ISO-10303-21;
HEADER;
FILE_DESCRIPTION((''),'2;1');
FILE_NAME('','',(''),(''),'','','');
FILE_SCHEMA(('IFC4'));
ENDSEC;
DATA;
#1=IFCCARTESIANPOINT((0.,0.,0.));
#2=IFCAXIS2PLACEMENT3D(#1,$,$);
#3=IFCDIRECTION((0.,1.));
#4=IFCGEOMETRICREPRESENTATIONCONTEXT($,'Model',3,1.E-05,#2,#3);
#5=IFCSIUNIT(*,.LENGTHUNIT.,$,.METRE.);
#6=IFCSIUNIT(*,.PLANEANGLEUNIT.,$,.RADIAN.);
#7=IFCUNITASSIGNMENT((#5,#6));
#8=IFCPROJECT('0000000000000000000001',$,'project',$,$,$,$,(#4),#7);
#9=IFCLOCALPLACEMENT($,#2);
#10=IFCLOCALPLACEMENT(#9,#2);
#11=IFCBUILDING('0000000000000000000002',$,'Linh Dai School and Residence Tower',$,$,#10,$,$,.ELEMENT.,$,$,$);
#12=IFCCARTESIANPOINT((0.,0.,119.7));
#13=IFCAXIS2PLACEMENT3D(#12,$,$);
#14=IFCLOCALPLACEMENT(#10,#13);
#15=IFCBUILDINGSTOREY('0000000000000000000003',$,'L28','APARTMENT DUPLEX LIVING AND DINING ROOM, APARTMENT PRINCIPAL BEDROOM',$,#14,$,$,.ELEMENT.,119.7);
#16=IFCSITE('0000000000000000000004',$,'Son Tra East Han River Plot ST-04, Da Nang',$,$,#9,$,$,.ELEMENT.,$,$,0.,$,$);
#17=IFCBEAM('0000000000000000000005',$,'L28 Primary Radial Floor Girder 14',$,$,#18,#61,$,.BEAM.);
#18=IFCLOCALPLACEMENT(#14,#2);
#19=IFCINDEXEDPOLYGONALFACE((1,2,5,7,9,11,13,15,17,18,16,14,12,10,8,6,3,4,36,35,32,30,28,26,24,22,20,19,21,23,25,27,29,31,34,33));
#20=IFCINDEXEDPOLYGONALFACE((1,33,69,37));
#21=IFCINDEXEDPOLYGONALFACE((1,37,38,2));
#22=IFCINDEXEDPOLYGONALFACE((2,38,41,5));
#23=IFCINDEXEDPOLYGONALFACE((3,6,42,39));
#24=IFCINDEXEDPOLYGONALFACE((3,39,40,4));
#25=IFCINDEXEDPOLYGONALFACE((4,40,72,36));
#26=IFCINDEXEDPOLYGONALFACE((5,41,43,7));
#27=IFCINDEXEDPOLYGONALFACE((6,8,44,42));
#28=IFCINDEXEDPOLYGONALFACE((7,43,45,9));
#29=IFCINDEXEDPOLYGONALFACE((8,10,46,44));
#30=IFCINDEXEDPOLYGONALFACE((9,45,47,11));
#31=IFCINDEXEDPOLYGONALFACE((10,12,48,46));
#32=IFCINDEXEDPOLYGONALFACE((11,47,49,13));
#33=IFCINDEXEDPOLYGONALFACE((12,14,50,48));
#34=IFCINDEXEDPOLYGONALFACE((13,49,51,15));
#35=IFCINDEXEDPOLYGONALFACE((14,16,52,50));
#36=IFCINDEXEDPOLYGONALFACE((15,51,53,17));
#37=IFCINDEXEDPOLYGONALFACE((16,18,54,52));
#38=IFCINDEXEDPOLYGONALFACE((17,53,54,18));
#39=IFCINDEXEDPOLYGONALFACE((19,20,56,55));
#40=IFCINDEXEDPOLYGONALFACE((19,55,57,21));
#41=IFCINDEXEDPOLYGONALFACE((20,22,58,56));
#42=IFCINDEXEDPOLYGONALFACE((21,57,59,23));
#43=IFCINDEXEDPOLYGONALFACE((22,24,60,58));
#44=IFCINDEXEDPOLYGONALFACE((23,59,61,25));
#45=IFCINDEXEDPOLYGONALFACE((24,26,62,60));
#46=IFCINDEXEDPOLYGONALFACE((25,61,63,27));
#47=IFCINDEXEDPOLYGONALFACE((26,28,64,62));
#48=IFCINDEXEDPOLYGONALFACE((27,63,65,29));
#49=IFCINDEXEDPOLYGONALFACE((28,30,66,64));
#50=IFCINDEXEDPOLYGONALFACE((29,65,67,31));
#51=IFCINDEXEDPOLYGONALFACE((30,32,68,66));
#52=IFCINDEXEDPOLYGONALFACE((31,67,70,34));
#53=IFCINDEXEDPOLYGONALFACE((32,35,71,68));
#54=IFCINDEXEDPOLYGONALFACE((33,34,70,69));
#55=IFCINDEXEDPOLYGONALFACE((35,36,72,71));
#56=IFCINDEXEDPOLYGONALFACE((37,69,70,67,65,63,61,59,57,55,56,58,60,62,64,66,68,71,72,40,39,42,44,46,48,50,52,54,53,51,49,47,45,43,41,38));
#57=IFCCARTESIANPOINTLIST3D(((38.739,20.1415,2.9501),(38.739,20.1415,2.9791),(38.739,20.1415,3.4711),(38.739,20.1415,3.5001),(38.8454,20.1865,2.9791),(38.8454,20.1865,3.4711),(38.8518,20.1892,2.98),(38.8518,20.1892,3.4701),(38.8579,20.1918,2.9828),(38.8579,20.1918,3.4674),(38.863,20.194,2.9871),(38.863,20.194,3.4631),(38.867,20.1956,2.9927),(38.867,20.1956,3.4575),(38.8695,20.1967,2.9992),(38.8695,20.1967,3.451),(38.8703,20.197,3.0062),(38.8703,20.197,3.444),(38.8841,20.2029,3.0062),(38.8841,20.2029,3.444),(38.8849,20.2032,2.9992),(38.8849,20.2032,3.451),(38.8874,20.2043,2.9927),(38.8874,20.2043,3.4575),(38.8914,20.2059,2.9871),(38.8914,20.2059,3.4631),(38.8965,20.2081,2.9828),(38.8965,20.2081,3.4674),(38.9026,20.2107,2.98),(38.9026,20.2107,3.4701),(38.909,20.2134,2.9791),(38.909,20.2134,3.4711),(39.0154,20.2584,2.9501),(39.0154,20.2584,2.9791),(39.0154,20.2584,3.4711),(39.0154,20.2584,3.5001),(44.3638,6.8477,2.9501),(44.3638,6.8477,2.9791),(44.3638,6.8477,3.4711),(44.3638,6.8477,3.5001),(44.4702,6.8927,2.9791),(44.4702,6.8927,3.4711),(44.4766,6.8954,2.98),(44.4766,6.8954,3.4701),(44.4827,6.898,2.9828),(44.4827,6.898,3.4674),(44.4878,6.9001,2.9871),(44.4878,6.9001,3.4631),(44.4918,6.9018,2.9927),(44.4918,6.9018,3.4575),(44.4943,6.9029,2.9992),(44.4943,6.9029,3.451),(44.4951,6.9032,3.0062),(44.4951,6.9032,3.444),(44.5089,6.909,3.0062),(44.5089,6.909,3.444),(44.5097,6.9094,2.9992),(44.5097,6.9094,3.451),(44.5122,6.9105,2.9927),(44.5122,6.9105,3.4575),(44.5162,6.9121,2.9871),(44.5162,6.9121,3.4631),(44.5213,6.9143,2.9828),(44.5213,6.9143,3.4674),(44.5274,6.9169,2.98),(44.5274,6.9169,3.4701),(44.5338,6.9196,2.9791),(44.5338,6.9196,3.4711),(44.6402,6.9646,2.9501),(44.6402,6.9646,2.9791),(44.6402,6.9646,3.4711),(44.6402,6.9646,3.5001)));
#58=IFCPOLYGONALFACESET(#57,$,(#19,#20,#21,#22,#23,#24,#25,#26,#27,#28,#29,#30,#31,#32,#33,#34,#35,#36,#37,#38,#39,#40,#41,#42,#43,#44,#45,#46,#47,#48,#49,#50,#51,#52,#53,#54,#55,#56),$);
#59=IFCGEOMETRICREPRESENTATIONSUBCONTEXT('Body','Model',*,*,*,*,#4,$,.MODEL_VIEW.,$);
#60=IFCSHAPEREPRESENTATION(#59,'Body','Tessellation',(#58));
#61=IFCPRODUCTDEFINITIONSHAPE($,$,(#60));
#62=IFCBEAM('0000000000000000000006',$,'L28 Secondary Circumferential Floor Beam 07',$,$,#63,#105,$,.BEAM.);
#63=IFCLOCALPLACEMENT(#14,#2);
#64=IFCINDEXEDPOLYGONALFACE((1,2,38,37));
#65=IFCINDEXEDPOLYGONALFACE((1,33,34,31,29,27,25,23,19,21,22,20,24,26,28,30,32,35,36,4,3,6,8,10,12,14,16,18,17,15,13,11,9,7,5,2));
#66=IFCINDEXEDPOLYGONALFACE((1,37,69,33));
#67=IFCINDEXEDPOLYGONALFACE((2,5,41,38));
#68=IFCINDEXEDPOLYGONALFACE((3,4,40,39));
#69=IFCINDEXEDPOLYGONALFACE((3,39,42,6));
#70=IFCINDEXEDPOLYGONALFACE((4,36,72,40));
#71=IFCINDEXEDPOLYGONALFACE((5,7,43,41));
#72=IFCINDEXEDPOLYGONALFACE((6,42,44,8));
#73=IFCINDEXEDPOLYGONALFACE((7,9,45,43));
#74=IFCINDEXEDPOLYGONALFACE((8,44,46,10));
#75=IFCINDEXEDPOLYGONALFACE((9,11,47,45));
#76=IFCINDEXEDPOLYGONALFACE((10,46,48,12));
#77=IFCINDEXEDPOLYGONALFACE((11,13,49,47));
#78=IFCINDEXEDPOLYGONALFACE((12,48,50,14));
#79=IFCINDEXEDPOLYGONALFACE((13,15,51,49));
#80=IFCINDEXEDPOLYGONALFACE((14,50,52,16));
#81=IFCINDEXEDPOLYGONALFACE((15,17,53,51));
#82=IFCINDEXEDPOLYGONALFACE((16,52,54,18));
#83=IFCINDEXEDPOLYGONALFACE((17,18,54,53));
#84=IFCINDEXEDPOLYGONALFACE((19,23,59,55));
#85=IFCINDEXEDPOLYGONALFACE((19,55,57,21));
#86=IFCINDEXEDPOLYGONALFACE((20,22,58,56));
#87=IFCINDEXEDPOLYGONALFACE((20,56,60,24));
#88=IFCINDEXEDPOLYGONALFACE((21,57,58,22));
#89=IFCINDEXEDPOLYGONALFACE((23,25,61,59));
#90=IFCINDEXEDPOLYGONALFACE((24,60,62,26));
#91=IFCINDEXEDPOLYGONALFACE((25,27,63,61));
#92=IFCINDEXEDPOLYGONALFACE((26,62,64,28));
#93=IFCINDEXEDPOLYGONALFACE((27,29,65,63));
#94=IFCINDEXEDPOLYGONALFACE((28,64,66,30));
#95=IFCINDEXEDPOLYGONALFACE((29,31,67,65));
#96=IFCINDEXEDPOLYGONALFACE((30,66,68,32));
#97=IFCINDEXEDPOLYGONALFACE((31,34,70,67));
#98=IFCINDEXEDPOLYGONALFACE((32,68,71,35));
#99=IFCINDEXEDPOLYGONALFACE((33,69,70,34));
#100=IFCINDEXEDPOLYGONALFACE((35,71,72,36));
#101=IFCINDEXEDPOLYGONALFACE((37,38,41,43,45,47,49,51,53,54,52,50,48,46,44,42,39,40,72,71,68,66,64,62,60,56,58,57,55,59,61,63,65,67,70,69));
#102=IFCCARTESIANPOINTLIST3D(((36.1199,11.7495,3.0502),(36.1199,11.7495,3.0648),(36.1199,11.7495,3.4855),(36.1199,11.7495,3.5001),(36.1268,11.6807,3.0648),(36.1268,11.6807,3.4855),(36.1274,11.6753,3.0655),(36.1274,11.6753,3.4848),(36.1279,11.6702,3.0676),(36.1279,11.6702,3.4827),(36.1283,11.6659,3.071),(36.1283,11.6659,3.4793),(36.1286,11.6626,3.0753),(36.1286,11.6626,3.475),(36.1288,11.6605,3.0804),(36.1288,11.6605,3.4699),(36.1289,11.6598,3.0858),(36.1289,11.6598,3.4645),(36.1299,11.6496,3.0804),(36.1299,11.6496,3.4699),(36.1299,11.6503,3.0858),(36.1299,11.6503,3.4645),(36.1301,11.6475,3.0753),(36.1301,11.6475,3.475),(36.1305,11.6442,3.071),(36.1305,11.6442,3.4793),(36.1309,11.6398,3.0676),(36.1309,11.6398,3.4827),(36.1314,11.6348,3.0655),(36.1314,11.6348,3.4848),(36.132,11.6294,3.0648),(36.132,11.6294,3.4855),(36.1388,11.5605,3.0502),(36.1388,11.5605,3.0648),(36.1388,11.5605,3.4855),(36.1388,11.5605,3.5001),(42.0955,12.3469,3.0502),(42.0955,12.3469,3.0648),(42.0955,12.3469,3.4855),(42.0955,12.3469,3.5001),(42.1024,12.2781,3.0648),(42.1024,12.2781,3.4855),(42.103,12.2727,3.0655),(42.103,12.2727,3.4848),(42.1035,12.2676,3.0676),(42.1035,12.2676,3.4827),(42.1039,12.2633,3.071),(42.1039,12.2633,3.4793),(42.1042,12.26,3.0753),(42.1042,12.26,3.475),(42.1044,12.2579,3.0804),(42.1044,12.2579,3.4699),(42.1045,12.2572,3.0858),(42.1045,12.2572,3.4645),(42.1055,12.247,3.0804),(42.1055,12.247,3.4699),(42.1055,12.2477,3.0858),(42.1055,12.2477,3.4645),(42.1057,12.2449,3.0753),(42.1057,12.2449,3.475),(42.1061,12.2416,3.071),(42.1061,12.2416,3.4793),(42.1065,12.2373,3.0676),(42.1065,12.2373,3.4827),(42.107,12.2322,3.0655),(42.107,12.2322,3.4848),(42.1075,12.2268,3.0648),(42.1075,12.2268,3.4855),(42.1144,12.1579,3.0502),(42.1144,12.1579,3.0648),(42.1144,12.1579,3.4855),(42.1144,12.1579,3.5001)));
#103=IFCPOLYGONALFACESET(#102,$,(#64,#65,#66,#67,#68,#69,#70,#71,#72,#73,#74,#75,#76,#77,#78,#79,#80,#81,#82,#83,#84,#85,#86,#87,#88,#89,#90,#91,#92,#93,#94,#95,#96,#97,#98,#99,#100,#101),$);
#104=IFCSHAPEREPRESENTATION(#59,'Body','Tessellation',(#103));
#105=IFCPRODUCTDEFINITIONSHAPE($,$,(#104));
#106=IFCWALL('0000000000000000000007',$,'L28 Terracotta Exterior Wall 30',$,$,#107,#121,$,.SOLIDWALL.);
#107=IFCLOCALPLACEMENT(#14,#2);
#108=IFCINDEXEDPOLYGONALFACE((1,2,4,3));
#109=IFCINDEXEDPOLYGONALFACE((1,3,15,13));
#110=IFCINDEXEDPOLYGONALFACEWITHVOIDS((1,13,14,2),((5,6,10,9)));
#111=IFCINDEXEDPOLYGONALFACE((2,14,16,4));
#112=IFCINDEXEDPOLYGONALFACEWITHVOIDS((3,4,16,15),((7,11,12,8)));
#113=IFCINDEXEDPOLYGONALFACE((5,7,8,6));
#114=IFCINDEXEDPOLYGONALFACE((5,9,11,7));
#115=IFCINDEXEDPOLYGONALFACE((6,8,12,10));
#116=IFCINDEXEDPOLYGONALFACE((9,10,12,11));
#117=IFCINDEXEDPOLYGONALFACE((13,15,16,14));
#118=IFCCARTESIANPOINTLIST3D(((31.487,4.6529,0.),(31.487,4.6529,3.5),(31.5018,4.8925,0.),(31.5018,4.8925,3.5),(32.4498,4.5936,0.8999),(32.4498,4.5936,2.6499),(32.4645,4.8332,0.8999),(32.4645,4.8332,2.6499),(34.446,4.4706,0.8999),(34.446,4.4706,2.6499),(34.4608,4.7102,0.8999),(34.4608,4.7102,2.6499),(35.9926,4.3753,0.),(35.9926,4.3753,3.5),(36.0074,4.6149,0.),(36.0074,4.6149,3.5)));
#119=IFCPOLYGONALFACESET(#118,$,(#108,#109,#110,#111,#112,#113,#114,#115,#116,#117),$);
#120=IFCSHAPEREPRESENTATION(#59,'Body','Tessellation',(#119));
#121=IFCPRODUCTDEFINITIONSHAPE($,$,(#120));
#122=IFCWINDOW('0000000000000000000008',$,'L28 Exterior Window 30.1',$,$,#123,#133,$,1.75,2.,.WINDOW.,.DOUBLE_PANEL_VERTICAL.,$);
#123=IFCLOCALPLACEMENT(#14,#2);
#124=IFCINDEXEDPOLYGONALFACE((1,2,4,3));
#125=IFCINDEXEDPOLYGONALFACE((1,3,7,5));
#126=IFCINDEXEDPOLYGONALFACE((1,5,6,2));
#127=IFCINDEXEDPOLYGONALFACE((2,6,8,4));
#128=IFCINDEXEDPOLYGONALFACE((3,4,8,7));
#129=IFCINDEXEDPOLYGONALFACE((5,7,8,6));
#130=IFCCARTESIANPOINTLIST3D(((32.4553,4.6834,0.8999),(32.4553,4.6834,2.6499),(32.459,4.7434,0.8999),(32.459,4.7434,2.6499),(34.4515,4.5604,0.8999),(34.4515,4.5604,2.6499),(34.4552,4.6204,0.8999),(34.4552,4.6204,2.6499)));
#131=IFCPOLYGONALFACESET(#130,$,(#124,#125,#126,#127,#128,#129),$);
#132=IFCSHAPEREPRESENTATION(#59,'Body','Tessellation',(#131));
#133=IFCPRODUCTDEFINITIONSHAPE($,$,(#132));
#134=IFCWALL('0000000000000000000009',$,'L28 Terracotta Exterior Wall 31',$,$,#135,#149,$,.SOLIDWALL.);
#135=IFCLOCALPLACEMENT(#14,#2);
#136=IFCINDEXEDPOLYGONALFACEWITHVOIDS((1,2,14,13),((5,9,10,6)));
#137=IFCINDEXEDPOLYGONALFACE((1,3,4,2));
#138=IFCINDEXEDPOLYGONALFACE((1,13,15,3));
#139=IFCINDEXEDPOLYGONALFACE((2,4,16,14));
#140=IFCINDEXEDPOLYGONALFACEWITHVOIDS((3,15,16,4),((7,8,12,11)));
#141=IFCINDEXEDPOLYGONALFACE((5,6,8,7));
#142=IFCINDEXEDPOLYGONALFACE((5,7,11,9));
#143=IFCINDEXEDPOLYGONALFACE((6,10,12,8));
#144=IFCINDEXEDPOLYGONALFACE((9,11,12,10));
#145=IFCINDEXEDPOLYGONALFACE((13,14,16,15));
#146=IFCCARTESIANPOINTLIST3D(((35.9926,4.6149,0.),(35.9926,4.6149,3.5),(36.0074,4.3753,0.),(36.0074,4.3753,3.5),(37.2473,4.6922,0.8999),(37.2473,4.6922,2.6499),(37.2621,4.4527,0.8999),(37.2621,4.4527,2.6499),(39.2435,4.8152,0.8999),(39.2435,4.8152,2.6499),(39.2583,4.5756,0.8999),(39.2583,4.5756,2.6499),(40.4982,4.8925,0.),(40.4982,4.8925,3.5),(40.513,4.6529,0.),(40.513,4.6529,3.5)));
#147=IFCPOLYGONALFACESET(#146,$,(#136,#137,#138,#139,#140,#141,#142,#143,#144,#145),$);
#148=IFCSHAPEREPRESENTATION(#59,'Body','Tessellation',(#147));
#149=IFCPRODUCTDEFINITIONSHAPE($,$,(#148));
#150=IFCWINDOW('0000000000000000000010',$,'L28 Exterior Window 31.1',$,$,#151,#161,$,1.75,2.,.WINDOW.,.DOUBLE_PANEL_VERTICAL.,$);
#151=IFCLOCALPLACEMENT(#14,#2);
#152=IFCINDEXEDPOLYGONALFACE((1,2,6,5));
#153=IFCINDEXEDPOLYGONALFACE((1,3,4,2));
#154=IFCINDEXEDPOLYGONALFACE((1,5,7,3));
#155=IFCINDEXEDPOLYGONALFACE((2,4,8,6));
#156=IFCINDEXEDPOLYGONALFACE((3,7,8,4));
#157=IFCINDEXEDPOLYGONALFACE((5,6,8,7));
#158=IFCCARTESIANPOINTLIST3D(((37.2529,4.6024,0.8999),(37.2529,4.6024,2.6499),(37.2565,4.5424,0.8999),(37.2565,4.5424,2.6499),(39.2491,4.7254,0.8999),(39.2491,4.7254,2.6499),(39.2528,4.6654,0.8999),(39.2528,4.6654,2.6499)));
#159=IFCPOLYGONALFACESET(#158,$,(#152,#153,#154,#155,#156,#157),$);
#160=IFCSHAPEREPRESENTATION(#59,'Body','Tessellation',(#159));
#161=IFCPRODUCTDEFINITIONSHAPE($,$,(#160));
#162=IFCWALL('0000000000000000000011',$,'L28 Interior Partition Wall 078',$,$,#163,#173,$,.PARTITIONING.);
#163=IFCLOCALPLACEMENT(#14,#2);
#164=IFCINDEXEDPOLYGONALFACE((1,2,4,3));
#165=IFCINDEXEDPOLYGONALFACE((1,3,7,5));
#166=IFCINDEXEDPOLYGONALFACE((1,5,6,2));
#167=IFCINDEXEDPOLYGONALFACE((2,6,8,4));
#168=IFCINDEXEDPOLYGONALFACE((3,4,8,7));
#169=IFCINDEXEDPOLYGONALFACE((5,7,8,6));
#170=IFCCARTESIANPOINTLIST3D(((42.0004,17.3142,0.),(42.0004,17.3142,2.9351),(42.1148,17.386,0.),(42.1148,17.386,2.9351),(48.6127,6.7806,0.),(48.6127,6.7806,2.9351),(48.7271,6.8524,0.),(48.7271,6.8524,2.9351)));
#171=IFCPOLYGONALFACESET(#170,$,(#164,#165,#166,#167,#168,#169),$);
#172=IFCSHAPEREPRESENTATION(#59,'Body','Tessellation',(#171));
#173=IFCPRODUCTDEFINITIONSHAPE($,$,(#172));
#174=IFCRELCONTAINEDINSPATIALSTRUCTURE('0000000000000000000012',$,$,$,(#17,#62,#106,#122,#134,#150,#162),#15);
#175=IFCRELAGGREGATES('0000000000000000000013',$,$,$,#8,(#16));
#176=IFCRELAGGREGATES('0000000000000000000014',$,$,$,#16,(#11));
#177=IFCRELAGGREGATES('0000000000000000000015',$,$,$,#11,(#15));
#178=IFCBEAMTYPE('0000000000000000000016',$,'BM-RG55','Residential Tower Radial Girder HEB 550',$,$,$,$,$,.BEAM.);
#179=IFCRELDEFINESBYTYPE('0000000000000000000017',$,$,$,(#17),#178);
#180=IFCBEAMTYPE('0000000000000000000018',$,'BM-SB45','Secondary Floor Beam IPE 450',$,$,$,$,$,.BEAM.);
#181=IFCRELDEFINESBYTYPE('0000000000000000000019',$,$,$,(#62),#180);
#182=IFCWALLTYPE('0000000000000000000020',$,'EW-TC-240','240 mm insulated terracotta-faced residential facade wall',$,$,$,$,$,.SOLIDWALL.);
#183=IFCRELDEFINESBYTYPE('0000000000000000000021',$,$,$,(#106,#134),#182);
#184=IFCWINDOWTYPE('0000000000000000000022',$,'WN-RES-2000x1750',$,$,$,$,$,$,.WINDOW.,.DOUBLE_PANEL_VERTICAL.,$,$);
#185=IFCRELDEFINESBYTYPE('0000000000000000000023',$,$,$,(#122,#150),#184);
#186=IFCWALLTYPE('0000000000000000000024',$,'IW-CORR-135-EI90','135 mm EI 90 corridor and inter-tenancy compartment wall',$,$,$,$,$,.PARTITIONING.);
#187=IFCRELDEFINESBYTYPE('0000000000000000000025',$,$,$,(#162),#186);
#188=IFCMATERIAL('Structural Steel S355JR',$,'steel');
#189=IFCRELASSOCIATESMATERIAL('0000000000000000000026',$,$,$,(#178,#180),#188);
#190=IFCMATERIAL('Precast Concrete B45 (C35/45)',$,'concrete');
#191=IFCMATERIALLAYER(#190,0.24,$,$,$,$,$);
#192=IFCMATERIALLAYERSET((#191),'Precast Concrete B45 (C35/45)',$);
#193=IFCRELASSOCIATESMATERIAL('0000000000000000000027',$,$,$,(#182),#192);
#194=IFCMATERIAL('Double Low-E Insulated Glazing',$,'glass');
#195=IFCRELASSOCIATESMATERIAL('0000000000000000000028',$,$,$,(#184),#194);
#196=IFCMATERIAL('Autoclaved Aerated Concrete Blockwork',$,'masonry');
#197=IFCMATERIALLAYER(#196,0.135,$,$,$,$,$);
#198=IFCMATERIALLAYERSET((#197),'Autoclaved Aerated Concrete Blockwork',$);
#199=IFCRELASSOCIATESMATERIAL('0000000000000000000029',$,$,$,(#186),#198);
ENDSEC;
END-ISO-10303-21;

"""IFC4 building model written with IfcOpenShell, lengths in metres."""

from ifc_helpers import new_model, si_unit, direction, frame, frame_2d, origin, origin_2d, place, context, subcontext, project, spatial, rectangle, i_section, extrude, source, transform, mapped, material, layer, layer_set, material_profile, profile_set, type_object, element, fill, save


model = new_model("IFC4")

# Units and contexts
model_context = context("Model", 3, precision=1e-05, world=origin(), true_north=direction((0.0, 1.0)))
body_context = subcontext(model_context, "Body", "Model", "MODEL_VIEW")
ifc_project = project(units=[si_unit("LENGTHUNIT", "METRE"), si_unit("PLANEANGLEUNIT", "RADIAN")], contexts=[model_context])

# Site, building, storey
site_placement = place(None, origin())
site = spatial("IfcSite", under=ifc_project, at=site_placement, Name="Son Tra East Han River Plot ST-04, Da Nang", CompositionType="ELEMENT", RefElevation=0.0)
building_placement = place(site_placement, origin())
building = spatial("IfcBuilding", under=site, at=building_placement, Name="Linh Dai School and Residence Tower", CompositionType="ELEMENT")
storey_placement = place(building_placement, frame((0.0, 0.0, 119.7)))
storey = spatial("IfcBuildingStorey", under=building, at=storey_placement, Name="L28", Description="APARTMENT DUPLEX LIVING AND DINING ROOM, APARTMENT PRINCIPAL BEDROOM", CompositionType="ELEMENT", Elevation=119.7)

# Shared definitions
ifc_material_1 = material(Name="Structural Steel S355JR", Category="steel")

# Beams
ifc_material_profile_1 = material_profile(ifc_material_1, i_section(OverallWidth=0.3, OverallDepth=0.55, WebThickness=0.0149, FlangeThickness=0.0291, FilletRadius=0.0271, at=origin_2d()), Name="HEB 550")
ifc_profile_set_1 = profile_set([ifc_material_profile_1], Name="Structural Steel S355JR")
beam_type_1 = type_object("IfcBeamType", Name="BM-RG55", Description="Residential Tower Radial Girder HEB 550", PredefinedType="BEAM", material=ifc_profile_set_1)
beam_1_placement = place(storey_placement, frame((38.8772, 20.2, 3.2251), z_axis=(0.389669, -0.920955, 0.0), x_axis=(0.920955, 0.389669, 0.0)))
element("IfcBeam", 1, at=beam_1_placement, inside=storey, type_object=beam_type_1, Name="L28 Primary Radial Floor Girder 14", PredefinedType="BEAM", context=body_context, shape_type="SweptSolid", body=[
    extrude(i_section(OverallWidth=0.3, OverallDepth=0.55, WebThickness=0.0149, FlangeThickness=0.0291, FilletRadius=0.0271, at=origin_2d()), origin(), (0.0, 0.0, 1.0), 14.4348),
])
ifc_material_profile_2 = material_profile(ifc_material_1, i_section(OverallWidth=0.1899, OverallDepth=0.45, WebThickness=0.0095, FlangeThickness=0.0146, FilletRadius=0.021, at=origin_2d()), Name="IPE 450")
ifc_profile_set_2 = profile_set([ifc_material_profile_2], Name="Structural Steel S355JR")
beam_type_2 = type_object("IfcBeamType", Name="BM-SB45", Description="Secondary Floor Beam IPE 450", PredefinedType="BEAM", material=ifc_profile_set_2)
beam_2_placement = place(storey_placement, frame((36.1294, 11.655, 3.2751), z_axis=(0.99504, 0.09948, 0.0), x_axis=(-0.09948, 0.99504, 0.0)))
element("IfcBeam", 2, at=beam_2_placement, inside=storey, type_object=beam_type_2, Name="L28 Secondary Circumferential Floor Beam 07", PredefinedType="BEAM", context=body_context, shape_type="SweptSolid", body=[
    extrude(i_section(OverallWidth=0.1899, OverallDepth=0.45, WebThickness=0.0095, FlangeThickness=0.0146, FilletRadius=0.021, at=origin_2d()), origin(), (0.0, 0.0, 1.0), 6.0054),
])

# Walls, openings, windows
ifc_material_2 = material(Name="Precast Concrete B45 (C35/45)", Category="concrete")
ifc_layer_1 = layer(ifc_material_2, 0.24)
ifc_layer_set_1 = layer_set([ifc_layer_1], Name="Precast Concrete B45 (C35/45)")
wall_type_1 = type_object("IfcWallType", Name="EW-TC-240", Description="240 mm insulated terracotta-faced residential facade wall", PredefinedType="SOLIDWALL", material=ifc_layer_set_1)
wall_1_placement = place(storey_placement, frame((36.0, 4.4951, 0.0), z_axis=(0.0, 0.0, 1.0), x_axis=(-0.998108, 0.061493, 0.0)))
wall_1 = element("IfcWall", 3, at=wall_1_placement, inside=storey, type_object=wall_type_1, Name="L28 Terracotta Exterior Wall 30", PredefinedType="SOLIDWALL", context=body_context, shape_type="SweptSolid", body=[
    extrude(rectangle(XDim=4.5142, YDim=0.24, at=frame_2d((2.2571, 0.0))), origin(), (0.0, 0.0, 1.0), 3.5),
])
opening_1_placement = place(wall_1_placement, frame((1.5496, 0.0, 0.8999)))
opening_1 = element("IfcOpeningElement", 4, at=opening_1_placement, cuts=wall_1, PredefinedType="OPENING", context=body_context, shape_type="SweptSolid", body=[
    extrude(rectangle(XDim=2.0, YDim=1.75, at=origin_2d()), frame((1.0, 0.1299, 0.875), z_axis=(0.0, -1.0, 0.0), x_axis=(1.0, 0.0, 0.0)), (0.0, 0.0, 1.0), 0.26),
])
ifc_material_3 = material(Name="Double Low-E Insulated Glazing", Category="glass")
window_type = type_object("IfcWindowType", Name="WN-RES-2000x1750", PartitioningType="DOUBLE_PANEL_VERTICAL", PredefinedType="WINDOW", material=ifc_material_3)
shared_shape_1 = source(origin(), body_context, "Body", "SweptSolid", [
    extrude(rectangle(XDim=2.0, YDim=1.75, at=origin_2d()), frame((1.0, 0.03, 0.875), z_axis=(0.0, -1.0, 0.0), x_axis=(1.0, 0.0, 0.0)), (0.0, 0.0, 1.0), 0.0601),
])
window_1_placement = place(opening_1_placement, origin())
window_1 = element("IfcWindow", 5, at=window_1_placement, inside=storey, type_object=window_type, Name="L28 Exterior Window 30.1", OverallHeight=1.75, OverallWidth=2.0, PartitioningType="DOUBLE_PANEL_VERTICAL", PredefinedType="WINDOW", context=body_context, shape_type="MappedRepresentation", body=[
    mapped(shared_shape_1, transform((0.0, 0.0, 0.0), x_axis=(1.0, 0.0, 0.0), y_axis=(0.0, 1.0, 0.0), z_axis=(0.0, 0.0, 1.0), scale=1.0)),
])
fill(opening_1, window_1)
wall_2_placement = place(storey_placement, frame((40.5056, 4.7727, 0.0), z_axis=(0.0, 0.0, 1.0), x_axis=(-0.998108, -0.061493, 0.0)))
wall_2 = element("IfcWall", 6, at=wall_2_placement, inside=storey, type_object=wall_type_1, Name="L28 Terracotta Exterior Wall 31", PredefinedType="SOLIDWALL", context=body_context, shape_type="SweptSolid", body=[
    extrude(rectangle(XDim=4.5142, YDim=0.24, at=frame_2d((2.2571, 0.0))), origin(), (0.0, 0.0, 1.0), 3.5),
])
opening_2_placement = place(wall_2_placement, frame((1.2571, 0.0, 0.8999)))
opening_2 = element("IfcOpeningElement", 7, at=opening_2_placement, cuts=wall_2, PredefinedType="OPENING", context=body_context, shape_type="SweptSolid", body=[
    extrude(rectangle(XDim=2.0, YDim=1.75, at=origin_2d()), frame((1.0, 0.1299, 0.875), z_axis=(0.0, -1.0, 0.0), x_axis=(1.0, 0.0, 0.0)), (0.0, 0.0, 1.0), 0.26),
])
window_2_placement = place(opening_2_placement, origin())
window_2 = element("IfcWindow", 8, at=window_2_placement, inside=storey, type_object=window_type, Name="L28 Exterior Window 31.1", OverallHeight=1.75, OverallWidth=2.0, PartitioningType="DOUBLE_PANEL_VERTICAL", PredefinedType="WINDOW", context=body_context, shape_type="MappedRepresentation", body=[
    mapped(shared_shape_1, transform((0.0, 0.0, 0.0), x_axis=(1.0, 0.0, 0.0), y_axis=(0.0, 1.0, 0.0), z_axis=(0.0, 0.0, 1.0), scale=1.0)),
])
fill(opening_2, window_2)

# Wall
ifc_material_4 = material(Name="Autoclaved Aerated Concrete Blockwork", Category="masonry")
ifc_layer_2 = layer(ifc_material_4, 0.135)
ifc_layer_set_2 = layer_set([ifc_layer_2], Name="Autoclaved Aerated Concrete Blockwork")
wall_type_2 = type_object("IfcWallType", Name="IW-CORR-135-EI90", Description="135 mm EI 90 corridor and inter-tenancy compartment wall", PredefinedType="PARTITIONING", material=ifc_layer_set_2)
wall_3_placement = place(storey_placement, frame((42.0576, 17.3501, 0.0), z_axis=(0.0, 0.0, 1.0), x_axis=(0.53166, -0.846958, 0.0)))
element("IfcWall", 9, at=wall_3_placement, inside=storey, type_object=wall_type_2, Name="L28 Interior Partition Wall 078", PredefinedType="PARTITIONING", context=body_context, shape_type="SweptSolid", body=[
    extrude(rectangle(XDim=12.437, YDim=0.135, at=frame_2d((6.2185, 0.0))), origin(), (0.0, 0.0, 1.0), 2.9351),
])

save(model, "model.ifc")
